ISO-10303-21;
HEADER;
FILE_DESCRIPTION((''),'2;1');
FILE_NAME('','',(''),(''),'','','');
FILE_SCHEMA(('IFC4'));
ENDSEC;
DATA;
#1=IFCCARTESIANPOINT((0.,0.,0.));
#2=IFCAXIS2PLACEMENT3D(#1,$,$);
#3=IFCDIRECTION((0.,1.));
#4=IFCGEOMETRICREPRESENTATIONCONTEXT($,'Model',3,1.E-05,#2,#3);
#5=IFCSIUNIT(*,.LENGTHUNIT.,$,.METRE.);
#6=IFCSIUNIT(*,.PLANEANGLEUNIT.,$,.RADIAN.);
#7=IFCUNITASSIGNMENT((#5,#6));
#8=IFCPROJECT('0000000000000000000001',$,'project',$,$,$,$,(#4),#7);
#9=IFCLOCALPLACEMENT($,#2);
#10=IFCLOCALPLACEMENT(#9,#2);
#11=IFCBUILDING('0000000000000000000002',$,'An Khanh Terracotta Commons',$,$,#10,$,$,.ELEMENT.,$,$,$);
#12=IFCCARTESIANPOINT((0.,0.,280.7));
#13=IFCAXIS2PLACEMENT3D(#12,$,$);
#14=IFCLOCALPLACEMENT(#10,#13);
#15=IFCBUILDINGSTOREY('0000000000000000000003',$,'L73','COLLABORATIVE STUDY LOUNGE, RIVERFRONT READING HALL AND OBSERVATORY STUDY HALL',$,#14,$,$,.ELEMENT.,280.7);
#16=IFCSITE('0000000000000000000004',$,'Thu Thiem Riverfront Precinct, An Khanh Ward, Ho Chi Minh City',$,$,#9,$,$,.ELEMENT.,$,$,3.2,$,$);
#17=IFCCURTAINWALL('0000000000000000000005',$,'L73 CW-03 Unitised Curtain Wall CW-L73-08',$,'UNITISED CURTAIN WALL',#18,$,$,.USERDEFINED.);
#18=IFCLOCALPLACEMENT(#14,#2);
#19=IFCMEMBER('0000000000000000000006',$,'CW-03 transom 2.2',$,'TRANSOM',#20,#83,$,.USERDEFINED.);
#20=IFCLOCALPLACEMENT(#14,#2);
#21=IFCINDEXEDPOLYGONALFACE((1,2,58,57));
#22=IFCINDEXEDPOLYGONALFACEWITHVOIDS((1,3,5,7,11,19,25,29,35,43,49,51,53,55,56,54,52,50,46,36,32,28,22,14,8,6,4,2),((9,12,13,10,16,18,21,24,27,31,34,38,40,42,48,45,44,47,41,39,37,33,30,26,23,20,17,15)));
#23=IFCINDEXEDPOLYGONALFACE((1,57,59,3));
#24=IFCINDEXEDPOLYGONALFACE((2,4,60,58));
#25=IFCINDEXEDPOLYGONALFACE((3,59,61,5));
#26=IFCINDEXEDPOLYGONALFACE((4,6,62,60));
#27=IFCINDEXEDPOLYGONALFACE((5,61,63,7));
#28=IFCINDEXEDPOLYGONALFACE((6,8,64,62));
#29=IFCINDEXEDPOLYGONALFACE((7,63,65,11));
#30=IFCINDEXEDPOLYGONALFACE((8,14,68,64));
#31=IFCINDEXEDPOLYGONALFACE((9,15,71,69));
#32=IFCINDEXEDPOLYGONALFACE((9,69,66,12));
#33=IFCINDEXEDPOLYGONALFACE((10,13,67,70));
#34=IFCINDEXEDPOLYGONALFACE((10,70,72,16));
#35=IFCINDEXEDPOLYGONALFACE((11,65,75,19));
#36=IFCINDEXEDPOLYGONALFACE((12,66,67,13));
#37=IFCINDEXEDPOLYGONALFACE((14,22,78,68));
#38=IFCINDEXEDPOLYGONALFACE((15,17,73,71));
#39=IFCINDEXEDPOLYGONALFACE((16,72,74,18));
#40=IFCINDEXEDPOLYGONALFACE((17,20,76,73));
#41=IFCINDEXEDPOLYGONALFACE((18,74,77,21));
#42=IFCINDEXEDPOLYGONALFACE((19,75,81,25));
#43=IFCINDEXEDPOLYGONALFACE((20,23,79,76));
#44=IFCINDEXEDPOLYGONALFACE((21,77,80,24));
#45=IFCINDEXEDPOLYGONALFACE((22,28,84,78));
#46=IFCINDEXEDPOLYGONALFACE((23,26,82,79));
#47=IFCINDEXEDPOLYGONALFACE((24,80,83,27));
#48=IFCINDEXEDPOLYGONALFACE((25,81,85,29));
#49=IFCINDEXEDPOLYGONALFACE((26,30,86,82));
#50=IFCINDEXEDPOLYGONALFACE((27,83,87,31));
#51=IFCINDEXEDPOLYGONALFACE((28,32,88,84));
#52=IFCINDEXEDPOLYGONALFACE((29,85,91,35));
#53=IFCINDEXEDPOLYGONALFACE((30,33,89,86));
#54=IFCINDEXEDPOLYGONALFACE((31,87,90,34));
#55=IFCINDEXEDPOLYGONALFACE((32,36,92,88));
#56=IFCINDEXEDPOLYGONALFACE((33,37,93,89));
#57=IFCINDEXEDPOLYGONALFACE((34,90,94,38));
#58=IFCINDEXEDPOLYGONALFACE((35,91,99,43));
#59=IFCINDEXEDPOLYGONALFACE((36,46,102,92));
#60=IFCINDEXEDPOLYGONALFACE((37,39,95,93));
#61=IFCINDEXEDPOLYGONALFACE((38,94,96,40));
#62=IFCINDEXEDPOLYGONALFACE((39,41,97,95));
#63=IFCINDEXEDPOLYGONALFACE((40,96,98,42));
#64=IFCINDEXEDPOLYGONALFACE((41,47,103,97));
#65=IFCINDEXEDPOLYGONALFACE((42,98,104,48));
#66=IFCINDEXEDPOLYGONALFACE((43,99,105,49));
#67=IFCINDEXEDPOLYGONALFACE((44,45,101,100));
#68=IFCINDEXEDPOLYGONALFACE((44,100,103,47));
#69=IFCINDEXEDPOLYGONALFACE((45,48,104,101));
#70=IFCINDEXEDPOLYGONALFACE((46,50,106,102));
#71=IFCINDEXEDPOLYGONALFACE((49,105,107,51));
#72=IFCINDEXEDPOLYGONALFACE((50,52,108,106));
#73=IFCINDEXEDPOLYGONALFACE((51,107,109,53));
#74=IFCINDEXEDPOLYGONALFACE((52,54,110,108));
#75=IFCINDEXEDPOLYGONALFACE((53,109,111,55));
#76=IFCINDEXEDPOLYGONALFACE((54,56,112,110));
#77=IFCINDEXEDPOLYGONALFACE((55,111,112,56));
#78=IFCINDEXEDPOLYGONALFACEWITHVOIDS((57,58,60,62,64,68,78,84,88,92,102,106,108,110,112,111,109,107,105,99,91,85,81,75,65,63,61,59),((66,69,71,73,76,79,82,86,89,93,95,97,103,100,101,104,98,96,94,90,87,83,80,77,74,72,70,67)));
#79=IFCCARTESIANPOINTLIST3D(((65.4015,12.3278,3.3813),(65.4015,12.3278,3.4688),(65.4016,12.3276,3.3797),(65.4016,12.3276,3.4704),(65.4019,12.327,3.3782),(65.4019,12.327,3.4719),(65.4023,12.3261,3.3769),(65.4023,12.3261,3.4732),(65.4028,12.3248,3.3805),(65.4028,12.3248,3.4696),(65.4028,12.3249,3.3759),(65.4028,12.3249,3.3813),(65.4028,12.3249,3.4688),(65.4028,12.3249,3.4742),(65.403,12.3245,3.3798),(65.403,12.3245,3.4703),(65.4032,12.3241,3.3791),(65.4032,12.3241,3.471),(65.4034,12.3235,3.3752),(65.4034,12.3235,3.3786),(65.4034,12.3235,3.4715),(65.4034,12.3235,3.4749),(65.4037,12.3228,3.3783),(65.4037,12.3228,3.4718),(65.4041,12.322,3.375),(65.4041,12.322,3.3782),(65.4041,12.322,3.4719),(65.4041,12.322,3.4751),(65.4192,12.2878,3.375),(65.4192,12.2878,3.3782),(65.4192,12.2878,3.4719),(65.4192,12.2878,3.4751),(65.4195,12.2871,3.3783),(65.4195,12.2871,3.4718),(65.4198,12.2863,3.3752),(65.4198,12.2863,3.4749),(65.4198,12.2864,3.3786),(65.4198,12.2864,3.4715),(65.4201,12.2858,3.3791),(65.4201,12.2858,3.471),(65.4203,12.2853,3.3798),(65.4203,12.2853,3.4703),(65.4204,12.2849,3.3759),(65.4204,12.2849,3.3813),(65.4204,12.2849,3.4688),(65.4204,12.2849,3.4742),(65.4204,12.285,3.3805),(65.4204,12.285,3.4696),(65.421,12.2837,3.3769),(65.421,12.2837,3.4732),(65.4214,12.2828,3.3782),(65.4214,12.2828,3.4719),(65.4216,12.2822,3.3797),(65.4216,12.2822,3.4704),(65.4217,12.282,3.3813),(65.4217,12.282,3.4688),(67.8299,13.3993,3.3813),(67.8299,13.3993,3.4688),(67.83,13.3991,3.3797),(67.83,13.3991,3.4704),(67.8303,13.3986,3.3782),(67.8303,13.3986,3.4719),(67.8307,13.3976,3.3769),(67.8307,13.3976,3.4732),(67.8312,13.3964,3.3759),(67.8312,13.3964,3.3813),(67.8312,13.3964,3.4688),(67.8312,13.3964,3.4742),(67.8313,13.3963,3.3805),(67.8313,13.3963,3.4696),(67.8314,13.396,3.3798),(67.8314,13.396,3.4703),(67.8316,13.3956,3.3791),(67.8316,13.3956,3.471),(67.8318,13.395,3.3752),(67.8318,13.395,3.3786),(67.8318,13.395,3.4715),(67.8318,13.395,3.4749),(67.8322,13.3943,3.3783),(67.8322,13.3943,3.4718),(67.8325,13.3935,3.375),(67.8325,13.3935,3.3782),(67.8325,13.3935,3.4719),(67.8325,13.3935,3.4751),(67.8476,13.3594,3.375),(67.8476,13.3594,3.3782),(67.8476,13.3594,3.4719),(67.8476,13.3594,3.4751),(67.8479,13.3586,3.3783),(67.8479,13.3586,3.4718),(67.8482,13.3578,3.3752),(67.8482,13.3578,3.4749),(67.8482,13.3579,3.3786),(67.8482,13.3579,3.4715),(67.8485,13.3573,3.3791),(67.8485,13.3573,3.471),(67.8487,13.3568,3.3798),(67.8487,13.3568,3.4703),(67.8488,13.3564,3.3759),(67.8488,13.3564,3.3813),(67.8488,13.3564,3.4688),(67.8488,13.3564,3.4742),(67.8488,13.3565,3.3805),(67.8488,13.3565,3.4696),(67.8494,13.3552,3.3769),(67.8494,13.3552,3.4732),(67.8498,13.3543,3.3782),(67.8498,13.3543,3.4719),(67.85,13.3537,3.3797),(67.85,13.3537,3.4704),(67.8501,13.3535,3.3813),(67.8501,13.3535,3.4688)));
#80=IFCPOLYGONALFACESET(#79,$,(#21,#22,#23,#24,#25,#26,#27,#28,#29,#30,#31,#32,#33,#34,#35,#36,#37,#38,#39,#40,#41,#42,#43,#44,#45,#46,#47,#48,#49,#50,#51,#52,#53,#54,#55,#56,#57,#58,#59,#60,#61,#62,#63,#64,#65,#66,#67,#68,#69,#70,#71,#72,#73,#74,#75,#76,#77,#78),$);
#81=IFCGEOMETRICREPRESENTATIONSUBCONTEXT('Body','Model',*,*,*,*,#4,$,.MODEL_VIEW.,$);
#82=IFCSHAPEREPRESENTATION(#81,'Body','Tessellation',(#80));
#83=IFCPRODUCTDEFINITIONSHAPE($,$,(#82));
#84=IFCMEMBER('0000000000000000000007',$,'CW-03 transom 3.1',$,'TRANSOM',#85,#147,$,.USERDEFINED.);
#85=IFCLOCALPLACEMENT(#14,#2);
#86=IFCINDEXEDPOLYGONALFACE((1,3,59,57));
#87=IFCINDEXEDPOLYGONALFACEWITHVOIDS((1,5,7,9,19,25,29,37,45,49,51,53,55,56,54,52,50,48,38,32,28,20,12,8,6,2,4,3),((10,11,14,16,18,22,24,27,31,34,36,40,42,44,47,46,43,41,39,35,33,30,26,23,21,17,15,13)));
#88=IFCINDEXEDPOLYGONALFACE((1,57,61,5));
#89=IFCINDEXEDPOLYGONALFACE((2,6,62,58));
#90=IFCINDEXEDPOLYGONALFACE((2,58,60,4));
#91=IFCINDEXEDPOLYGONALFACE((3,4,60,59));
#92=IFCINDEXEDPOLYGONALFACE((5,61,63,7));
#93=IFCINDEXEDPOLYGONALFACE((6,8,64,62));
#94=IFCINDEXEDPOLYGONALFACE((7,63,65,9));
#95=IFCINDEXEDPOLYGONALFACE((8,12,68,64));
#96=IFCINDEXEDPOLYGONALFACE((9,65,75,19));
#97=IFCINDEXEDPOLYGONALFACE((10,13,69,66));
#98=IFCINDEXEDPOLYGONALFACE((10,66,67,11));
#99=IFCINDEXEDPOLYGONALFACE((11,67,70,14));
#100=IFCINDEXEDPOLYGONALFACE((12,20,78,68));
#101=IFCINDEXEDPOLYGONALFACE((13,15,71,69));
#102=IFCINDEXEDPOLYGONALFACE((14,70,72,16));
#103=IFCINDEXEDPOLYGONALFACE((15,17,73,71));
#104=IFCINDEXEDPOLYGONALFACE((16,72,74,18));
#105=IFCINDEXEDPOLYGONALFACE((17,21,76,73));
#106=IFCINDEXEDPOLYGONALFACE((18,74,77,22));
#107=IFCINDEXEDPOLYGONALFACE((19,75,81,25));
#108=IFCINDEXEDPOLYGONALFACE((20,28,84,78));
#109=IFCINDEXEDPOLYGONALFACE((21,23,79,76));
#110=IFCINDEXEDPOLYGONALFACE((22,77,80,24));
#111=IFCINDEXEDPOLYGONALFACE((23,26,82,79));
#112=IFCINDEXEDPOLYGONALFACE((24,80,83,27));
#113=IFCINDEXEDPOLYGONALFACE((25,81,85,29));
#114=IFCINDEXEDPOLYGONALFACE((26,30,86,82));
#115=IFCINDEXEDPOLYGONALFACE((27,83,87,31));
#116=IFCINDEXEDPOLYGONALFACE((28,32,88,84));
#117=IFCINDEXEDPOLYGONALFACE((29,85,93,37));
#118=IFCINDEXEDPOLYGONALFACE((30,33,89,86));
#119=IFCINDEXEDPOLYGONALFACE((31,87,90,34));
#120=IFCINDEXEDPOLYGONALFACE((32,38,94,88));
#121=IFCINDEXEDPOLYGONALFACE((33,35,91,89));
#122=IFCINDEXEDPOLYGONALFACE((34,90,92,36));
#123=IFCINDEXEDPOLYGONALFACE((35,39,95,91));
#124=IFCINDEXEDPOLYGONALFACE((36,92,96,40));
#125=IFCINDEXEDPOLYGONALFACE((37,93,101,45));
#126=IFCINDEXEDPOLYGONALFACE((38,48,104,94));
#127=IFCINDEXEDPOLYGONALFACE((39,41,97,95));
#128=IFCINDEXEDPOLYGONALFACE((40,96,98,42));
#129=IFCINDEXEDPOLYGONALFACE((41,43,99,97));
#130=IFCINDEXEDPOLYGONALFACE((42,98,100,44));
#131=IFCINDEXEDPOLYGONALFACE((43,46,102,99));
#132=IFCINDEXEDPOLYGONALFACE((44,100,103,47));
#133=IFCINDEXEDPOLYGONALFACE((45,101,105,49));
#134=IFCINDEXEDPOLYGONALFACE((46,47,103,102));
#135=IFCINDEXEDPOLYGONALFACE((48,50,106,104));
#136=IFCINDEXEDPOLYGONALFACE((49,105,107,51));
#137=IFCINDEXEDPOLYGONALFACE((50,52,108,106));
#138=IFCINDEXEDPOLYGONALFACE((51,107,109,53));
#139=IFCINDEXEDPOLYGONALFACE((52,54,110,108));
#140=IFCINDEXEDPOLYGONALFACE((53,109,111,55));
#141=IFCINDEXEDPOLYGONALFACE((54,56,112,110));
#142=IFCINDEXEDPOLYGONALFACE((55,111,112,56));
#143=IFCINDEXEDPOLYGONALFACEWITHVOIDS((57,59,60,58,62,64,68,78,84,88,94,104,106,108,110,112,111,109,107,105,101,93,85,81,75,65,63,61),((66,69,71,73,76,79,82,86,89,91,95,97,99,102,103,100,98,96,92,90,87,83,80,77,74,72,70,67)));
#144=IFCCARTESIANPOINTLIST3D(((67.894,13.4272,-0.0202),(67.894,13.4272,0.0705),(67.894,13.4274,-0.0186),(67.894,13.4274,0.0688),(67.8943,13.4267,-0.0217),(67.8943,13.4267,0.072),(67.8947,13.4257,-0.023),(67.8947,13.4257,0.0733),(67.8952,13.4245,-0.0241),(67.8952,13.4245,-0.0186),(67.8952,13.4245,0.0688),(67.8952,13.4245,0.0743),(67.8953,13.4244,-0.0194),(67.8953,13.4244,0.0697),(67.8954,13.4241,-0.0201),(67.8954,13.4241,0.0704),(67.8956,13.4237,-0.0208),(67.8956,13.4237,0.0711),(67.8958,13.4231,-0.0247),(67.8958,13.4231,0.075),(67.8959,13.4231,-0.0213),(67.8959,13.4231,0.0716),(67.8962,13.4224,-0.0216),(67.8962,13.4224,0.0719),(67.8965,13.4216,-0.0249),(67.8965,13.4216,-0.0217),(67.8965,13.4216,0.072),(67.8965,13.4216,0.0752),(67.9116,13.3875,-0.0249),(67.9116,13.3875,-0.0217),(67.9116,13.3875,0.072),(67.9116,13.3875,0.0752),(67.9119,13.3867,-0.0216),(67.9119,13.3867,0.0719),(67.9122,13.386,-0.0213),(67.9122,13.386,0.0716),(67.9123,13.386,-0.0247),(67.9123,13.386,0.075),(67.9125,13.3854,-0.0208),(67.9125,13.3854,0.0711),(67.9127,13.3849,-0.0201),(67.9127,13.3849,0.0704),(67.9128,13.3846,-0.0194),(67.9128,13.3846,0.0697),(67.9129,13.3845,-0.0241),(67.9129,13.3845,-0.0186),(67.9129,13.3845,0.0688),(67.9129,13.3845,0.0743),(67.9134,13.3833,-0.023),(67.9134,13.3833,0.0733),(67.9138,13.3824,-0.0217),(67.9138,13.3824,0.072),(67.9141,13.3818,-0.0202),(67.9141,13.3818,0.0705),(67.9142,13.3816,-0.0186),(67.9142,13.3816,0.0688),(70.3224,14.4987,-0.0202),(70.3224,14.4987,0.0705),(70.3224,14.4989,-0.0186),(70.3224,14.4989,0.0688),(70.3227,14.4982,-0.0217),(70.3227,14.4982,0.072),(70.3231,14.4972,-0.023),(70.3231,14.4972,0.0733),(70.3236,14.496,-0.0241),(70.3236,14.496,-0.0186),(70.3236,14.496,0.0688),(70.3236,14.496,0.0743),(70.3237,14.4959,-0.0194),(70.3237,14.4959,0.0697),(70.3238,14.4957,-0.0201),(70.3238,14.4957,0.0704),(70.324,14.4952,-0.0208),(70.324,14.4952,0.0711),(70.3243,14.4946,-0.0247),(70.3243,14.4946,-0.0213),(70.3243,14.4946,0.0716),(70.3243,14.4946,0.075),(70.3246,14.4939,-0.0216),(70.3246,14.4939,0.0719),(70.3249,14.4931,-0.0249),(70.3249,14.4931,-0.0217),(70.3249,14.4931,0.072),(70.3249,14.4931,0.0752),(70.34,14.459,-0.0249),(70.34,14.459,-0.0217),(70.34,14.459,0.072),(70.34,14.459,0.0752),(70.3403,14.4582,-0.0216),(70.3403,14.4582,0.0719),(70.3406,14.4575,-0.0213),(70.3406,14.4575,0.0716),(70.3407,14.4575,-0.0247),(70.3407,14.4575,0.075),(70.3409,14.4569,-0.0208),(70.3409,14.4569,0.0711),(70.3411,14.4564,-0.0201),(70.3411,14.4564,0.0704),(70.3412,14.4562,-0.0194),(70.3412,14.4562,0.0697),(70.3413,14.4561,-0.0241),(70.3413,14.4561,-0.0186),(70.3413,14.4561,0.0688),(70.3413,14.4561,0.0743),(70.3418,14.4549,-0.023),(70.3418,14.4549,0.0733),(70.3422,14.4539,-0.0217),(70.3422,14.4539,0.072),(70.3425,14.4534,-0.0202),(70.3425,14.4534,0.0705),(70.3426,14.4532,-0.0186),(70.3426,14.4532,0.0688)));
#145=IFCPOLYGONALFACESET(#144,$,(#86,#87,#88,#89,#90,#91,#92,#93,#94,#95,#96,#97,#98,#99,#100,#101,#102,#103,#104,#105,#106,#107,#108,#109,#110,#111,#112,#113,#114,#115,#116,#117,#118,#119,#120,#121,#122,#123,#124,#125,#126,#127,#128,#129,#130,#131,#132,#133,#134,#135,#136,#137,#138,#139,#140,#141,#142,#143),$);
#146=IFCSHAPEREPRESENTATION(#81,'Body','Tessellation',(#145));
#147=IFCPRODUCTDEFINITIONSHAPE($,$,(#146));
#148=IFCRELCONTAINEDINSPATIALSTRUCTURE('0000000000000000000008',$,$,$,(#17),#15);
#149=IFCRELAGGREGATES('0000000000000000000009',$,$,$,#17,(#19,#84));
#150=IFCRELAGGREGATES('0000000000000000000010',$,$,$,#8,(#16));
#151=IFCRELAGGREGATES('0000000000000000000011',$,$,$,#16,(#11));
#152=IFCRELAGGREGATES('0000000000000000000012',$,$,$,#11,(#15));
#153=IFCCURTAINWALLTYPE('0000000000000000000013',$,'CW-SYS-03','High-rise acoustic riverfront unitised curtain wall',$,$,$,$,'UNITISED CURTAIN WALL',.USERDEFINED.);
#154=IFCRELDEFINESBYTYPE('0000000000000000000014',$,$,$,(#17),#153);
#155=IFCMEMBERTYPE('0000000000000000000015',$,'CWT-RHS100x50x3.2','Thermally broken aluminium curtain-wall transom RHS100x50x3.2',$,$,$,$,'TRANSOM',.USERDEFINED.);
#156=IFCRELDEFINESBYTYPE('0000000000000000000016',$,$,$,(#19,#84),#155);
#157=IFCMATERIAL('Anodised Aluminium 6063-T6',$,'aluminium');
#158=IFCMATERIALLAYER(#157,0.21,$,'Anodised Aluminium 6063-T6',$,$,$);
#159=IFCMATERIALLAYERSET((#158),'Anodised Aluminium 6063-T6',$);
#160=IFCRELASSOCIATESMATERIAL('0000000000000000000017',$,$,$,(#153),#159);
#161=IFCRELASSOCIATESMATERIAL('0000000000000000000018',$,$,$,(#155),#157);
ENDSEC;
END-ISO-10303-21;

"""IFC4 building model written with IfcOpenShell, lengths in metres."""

from ifc_helpers import new_model, si_unit, direction, frame, origin, origin_2d, place, context, subcontext, project, spatial, hollow_rectangle, extrude, material, layer, layer_set, material_profile, profile_set, type_object, element, aggregate, save


model = new_model("IFC4")

# Units and contexts
model_context = context("Model", 3, precision=1e-05, world=origin(), true_north=direction((0.0, 1.0)))
body_context = subcontext(model_context, "Body", "Model", "MODEL_VIEW")
ifc_project = project(units=[si_unit("LENGTHUNIT", "METRE"), si_unit("PLANEANGLEUNIT", "RADIAN")], contexts=[model_context])

# Site, building, storey
site_placement = place(None, origin())
site = spatial("IfcSite", under=ifc_project, at=site_placement, Name="Thu Thiem Riverfront Precinct, An Khanh Ward, Ho Chi Minh City", CompositionType="ELEMENT", RefElevation=3.2)
building_placement = place(site_placement, origin())
building = spatial("IfcBuilding", under=site, at=building_placement, Name="An Khanh Terracotta Commons", CompositionType="ELEMENT")
storey_placement = place(building_placement, frame((0.0, 0.0, 280.7)))
storey = spatial("IfcBuildingStorey", under=building, at=storey_placement, Name="L73", Description="COLLABORATIVE STUDY LOUNGE, RIVERFRONT READING HALL AND OBSERVATORY STUDY HALL", CompositionType="ELEMENT", Elevation=280.7)

# Curtain wall
ifc_material_1 = material(Name="Anodised Aluminium 6063-T6", Category="aluminium")
ifc_layer_1 = layer(ifc_material_1, 0.21, Name="Anodised Aluminium 6063-T6")
ifc_layer_set_1 = layer_set([ifc_layer_1], Name="Anodised Aluminium 6063-T6")
curtain_wall_type = type_object("IfcCurtainWallType", Name="CW-SYS-03", Description="High-rise acoustic riverfront unitised curtain wall", ElementType="UNITISED CURTAIN WALL", PredefinedType="USERDEFINED", material=ifc_layer_set_1)
curtain_wall_1_placement = place(storey_placement, origin())
curtain_wall_1 = element("IfcCurtainWall", 1, at=curtain_wall_1_placement, inside=storey, type_object=curtain_wall_type, Name="L73 CW-03 Unitised Curtain Wall CW-L73-08", ObjectType="UNITISED CURTAIN WALL", PredefinedType="USERDEFINED")

# Members
ifc_material_profile_1 = material_profile(ifc_material_1, hollow_rectangle(XDim=0.05, YDim=0.1001, WallThickness=0.0032, InnerFilletRadius=0.0032, OuterFilletRadius=0.0063, at=origin_2d()), Name="RHS100x50x3.2")
ifc_profile_set_1 = profile_set([ifc_material_profile_1], Name="Anodised Aluminium 6063-T6")
member_type_1 = type_object("IfcMemberType", Name="CWT-RHS100x50x3.2", Description="Thermally broken aluminium curtain-wall transom RHS100x50x3.2", ElementType="TRANSOM", PredefinedType="USERDEFINED", material=ifc_profile_set_1)
member_1_placement = place(storey_placement, frame((65.4116, 12.3049, 3.425), z_axis=(0.914897, 0.403688, 0.0), x_axis=(-0.403688, 0.914897, 0.0)))
member_1 = element("IfcMember", 2, at=member_1_placement, type_object=member_type_1, Name="CW-03 transom 2.2", ObjectType="TRANSOM", PredefinedType="USERDEFINED", context=body_context, shape_type="SweptSolid", body=[
    extrude(hollow_rectangle(XDim=0.05, YDim=0.1001, WallThickness=0.0032, InnerFilletRadius=0.0032, OuterFilletRadius=0.0063, at=origin_2d()), origin(), (0.0, 0.0, 1.0), 2.6543),
])
member_2_placement = place(storey_placement, frame((67.9041, 13.4045, 0.0251), z_axis=(0.914897, 0.403688, 0.0), x_axis=(-0.403688, 0.914897, 0.0)))
member_2 = element("IfcMember", 3, at=member_2_placement, type_object=member_type_1, Name="CW-03 transom 3.1", ObjectType="TRANSOM", PredefinedType="USERDEFINED", context=body_context, shape_type="SweptSolid", body=[
    extrude(hollow_rectangle(XDim=0.05, YDim=0.1001, WallThickness=0.0032, InnerFilletRadius=0.0032, OuterFilletRadius=0.0063, at=origin_2d()), origin(), (0.0, 0.0, 1.0), 2.6543),
])

aggregate(curtain_wall_1, [member_1, member_2])

save(model, "model.ifc")
